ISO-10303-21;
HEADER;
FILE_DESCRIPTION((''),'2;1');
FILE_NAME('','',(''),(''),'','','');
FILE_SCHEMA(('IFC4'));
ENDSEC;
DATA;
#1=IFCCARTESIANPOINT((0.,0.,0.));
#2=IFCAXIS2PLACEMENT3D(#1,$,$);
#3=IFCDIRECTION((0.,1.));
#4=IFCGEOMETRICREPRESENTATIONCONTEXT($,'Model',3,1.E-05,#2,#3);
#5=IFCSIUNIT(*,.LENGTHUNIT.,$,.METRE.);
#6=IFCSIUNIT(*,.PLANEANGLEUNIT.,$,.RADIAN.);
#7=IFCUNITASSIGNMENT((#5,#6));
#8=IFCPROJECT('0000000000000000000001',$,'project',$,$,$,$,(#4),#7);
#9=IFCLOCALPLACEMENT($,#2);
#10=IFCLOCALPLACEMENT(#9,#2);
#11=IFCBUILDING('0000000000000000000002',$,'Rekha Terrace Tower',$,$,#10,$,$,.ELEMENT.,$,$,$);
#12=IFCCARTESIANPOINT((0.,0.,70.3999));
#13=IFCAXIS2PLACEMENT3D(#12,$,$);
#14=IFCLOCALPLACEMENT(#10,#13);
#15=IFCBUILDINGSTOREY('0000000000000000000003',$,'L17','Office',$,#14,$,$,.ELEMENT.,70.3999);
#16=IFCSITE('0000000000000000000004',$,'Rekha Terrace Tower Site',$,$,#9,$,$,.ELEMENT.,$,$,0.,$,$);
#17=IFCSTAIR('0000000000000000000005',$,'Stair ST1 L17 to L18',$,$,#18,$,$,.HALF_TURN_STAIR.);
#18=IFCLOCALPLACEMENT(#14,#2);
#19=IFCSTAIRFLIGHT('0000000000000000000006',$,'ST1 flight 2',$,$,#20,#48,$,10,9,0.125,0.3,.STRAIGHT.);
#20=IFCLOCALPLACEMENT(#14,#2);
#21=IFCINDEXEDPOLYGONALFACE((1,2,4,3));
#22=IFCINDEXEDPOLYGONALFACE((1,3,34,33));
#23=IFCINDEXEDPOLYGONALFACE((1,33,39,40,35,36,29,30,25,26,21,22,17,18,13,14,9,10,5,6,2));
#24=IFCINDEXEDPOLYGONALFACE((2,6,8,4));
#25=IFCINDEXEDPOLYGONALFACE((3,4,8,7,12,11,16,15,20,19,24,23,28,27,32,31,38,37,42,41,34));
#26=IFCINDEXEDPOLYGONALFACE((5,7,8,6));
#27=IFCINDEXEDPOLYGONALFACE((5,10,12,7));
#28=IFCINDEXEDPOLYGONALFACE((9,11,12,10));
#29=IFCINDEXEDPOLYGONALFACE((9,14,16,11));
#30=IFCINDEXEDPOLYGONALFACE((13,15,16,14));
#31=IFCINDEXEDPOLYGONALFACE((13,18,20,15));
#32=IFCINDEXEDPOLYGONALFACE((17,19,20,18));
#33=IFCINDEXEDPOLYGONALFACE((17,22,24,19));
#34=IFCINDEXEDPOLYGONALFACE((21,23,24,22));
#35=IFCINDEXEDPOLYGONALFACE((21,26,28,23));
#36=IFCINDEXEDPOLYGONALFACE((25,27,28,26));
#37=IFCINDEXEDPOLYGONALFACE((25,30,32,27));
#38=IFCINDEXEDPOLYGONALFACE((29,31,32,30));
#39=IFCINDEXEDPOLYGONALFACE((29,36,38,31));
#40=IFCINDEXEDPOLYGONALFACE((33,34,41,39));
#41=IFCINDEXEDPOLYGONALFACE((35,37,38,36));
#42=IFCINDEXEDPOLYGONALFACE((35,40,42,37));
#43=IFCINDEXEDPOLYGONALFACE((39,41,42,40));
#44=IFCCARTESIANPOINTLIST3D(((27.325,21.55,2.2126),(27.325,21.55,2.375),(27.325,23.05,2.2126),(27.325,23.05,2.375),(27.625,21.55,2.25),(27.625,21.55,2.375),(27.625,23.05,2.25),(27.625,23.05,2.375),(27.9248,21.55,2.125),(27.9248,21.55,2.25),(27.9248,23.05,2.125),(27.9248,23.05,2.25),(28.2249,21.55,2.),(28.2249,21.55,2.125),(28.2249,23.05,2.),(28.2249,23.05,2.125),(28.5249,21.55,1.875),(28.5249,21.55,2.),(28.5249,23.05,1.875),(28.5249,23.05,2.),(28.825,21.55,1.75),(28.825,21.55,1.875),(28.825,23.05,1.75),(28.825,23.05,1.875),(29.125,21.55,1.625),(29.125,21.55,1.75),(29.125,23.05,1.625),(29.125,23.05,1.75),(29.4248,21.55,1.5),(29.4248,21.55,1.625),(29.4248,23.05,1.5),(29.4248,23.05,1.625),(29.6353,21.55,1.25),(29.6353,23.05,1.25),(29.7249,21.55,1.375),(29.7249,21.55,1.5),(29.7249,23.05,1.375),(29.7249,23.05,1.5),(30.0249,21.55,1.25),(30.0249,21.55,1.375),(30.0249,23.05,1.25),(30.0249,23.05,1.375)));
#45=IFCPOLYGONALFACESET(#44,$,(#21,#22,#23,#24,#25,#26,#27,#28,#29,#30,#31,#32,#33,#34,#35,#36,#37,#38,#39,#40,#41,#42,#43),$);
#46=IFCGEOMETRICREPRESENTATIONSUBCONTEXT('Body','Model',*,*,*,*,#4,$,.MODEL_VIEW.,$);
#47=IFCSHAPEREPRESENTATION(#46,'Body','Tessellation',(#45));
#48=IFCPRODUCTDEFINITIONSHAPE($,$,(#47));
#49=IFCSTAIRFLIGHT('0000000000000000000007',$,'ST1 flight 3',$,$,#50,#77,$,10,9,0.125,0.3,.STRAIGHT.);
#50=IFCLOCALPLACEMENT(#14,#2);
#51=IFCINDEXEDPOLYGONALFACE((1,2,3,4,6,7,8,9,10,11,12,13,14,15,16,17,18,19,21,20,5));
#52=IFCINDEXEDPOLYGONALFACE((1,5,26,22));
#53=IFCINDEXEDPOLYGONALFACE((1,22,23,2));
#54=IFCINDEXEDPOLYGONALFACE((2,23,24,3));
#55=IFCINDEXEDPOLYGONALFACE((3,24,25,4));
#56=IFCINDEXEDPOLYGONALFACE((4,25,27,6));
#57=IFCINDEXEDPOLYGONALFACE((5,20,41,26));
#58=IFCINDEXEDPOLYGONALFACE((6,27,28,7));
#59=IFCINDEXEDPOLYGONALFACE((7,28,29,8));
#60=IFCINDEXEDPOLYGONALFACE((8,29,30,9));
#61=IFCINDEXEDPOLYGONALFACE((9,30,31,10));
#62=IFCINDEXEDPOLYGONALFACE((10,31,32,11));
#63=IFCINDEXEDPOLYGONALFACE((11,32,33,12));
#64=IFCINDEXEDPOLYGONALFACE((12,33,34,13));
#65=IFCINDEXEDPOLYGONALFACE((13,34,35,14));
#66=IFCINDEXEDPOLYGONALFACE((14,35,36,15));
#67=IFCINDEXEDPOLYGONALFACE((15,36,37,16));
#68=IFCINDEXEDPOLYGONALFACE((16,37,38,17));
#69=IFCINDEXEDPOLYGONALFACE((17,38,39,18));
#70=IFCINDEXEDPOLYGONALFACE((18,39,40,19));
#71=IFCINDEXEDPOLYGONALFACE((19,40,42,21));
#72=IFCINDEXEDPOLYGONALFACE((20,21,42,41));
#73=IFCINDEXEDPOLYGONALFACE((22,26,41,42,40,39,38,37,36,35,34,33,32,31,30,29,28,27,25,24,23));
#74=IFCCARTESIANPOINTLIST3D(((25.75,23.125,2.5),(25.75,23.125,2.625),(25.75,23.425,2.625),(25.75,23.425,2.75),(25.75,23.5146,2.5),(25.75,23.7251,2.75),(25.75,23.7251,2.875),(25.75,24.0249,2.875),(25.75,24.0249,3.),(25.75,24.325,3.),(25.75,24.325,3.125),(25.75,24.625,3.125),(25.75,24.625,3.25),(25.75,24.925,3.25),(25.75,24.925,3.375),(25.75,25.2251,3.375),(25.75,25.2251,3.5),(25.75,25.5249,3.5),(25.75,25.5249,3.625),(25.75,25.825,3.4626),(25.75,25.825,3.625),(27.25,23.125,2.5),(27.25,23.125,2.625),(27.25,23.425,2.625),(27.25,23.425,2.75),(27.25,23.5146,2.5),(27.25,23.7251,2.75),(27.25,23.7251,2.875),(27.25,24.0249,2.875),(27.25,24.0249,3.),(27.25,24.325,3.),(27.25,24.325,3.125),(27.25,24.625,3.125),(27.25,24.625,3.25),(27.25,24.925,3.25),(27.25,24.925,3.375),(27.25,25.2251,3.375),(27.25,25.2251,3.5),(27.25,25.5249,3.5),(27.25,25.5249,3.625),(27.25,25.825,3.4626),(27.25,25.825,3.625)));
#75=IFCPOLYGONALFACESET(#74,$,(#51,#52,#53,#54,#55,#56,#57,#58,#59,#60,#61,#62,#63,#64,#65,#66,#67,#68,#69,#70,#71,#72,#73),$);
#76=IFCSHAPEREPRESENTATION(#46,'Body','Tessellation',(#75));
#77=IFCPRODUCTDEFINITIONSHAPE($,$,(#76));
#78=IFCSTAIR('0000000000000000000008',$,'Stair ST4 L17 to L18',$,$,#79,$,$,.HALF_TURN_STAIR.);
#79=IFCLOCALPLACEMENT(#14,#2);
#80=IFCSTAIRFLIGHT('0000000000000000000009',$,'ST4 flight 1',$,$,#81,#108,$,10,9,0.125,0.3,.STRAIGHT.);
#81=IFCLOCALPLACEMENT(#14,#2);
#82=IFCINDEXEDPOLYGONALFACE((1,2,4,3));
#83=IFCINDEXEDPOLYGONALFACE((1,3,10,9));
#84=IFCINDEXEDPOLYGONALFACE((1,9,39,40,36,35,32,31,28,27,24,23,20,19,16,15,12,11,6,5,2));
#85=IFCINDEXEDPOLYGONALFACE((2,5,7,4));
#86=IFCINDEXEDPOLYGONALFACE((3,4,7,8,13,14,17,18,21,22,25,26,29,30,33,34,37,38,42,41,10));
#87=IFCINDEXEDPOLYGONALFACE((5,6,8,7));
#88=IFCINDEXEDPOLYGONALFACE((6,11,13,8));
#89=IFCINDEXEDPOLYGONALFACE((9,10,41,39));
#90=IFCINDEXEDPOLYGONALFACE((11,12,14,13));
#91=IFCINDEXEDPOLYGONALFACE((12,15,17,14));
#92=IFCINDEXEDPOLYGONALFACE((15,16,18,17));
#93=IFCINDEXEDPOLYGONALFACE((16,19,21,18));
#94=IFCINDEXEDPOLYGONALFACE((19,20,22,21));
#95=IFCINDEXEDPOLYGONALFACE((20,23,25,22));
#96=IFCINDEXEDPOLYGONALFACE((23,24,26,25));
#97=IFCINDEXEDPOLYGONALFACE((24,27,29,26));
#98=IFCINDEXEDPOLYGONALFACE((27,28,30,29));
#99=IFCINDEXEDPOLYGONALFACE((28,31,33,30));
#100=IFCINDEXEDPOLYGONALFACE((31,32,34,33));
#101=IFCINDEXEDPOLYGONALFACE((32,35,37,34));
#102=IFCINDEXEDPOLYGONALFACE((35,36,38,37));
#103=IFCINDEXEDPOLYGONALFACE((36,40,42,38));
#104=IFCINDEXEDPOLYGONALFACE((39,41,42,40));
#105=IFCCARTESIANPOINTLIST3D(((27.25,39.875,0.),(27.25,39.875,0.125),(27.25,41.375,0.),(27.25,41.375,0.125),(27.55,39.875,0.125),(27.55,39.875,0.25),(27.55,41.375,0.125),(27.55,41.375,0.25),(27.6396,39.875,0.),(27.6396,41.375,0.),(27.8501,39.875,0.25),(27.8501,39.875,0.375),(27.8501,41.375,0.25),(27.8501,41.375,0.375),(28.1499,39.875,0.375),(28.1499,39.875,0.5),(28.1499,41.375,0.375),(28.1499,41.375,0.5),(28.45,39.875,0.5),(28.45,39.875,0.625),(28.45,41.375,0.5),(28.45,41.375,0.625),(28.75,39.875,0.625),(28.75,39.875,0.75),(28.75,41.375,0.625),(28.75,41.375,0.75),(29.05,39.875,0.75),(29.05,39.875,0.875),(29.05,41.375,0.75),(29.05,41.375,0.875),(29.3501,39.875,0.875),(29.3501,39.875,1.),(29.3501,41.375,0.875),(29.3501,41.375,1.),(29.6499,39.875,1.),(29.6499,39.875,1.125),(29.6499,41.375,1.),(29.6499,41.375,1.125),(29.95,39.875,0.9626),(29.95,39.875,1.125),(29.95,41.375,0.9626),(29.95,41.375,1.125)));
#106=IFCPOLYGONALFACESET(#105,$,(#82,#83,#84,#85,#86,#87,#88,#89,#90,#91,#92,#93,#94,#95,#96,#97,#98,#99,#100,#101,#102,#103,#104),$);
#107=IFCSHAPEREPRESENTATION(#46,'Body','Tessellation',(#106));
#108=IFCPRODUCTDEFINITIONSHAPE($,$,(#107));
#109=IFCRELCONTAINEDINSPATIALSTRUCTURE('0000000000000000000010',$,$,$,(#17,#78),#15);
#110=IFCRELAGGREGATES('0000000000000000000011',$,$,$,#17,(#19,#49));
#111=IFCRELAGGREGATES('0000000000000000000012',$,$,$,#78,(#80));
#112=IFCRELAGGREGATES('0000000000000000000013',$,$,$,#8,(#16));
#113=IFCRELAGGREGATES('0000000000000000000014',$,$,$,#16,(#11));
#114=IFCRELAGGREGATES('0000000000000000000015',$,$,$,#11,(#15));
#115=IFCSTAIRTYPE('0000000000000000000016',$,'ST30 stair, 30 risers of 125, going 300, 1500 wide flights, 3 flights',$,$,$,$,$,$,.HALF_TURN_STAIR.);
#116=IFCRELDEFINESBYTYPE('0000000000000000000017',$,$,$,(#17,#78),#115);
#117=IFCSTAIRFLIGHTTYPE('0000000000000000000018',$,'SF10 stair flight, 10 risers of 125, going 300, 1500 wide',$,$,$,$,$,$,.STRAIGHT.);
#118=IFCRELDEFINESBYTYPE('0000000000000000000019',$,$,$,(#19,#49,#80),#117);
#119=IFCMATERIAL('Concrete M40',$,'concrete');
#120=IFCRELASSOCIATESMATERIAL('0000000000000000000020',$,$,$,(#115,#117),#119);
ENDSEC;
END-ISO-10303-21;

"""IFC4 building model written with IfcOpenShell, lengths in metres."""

from ifc_helpers import new_model, si_unit, direction, frame, origin, place, context, subcontext, project, spatial, polyline, outline, extrude, material, type_object, element, aggregate, save


model = new_model("IFC4")

# Units and contexts
model_context = context("Model", 3, precision=1e-05, world=origin(), true_north=direction((0.0, 1.0)))
body_context = subcontext(model_context, "Body", "Model", "MODEL_VIEW")
ifc_project = project(units=[si_unit("LENGTHUNIT", "METRE"), si_unit("PLANEANGLEUNIT", "RADIAN")], contexts=[model_context])

# Site, building, storey
site_placement = place(None, origin())
site = spatial("IfcSite", under=ifc_project, at=site_placement, Name="Rekha Terrace Tower Site", CompositionType="ELEMENT", RefElevation=0.0)
building_placement = place(site_placement, origin())
building = spatial("IfcBuilding", under=site, at=building_placement, Name="Rekha Terrace Tower", CompositionType="ELEMENT")
storey_placement = place(building_placement, frame((0.0, 0.0, 70.3999)))
storey = spatial("IfcBuildingStorey", under=building, at=storey_placement, Name="L17", Description="Office", CompositionType="ELEMENT", Elevation=70.3999)

# Stair, stair flights
ifc_material_1 = material(Name="Concrete M40", Category="concrete")
stair_type = type_object("IfcStairType", Name="ST30 stair, 30 risers of 125, going 300, 1500 wide flights, 3 flights", PredefinedType="HALF_TURN_STAIR", material=ifc_material_1)
stair_1_placement = place(storey_placement, origin())
stair_1 = element("IfcStair", 1, at=stair_1_placement, inside=storey, type_object=stair_type, Name="Stair ST1 L17 to L18", PredefinedType="HALF_TURN_STAIR")
stair_flight_type = type_object("IfcStairFlightType", Name="SF10 stair flight, 10 risers of 125, going 300, 1500 wide", PredefinedType="STRAIGHT", material=ifc_material_1)
stair_flight_1_placement = place(storey_placement, frame((30.0249, 22.3, 1.25), z_axis=(0.0, 0.0, 1.0), x_axis=(-1.0, 0.0, 0.0)))
stair_flight_1 = element("IfcStairFlight", 2, at=stair_flight_1_placement, type_object=stair_flight_type, Name="ST1 flight 2", NumberOfRisers=10, NumberOfTreads=9, PredefinedType="STRAIGHT", RiserHeight=0.125, TreadLength=0.3, context=body_context, shape_type="SweptSolid", body=[
    extrude(outline(polyline([(0.0, 0.0), (0.0, 0.125), (0.3, 0.125), (0.3, 0.25), (0.6001, 0.25), (0.6001, 0.375), (0.8999, 0.375), (0.8999, 0.5), (1.2, 0.5), (1.2, 0.625), (1.5, 0.625), (1.5, 0.75), (1.8, 0.75), (1.8, 0.875), (2.1001, 0.875), (2.1001, 1.0), (2.3999, 1.0), (2.3999, 1.125), (2.7, 1.125), (2.7, 1.25), (2.7, 0.9626), (0.3896, 0.0), (0.0, 0.0)])), frame((0.0, 0.75, 0.0), z_axis=(0.0, -1.0, 0.0), x_axis=(1.0, 0.0, 0.0)), (0.0, 0.0, 1.0), 1.5),
])
stair_flight_2_placement = place(storey_placement, frame((26.5, 23.125, 2.5), z_axis=(0.0, 0.0, 1.0), x_axis=(0.0, 1.0, 0.0)))
stair_flight_2 = element("IfcStairFlight", 3, at=stair_flight_2_placement, type_object=stair_flight_type, Name="ST1 flight 3", NumberOfRisers=10, NumberOfTreads=9, PredefinedType="STRAIGHT", RiserHeight=0.125, TreadLength=0.3, context=body_context, shape_type="SweptSolid", body=[
    extrude(outline(polyline([(0.0, 0.0), (0.0, 0.125), (0.3, 0.125), (0.3, 0.25), (0.6001, 0.25), (0.6001, 0.375), (0.8999, 0.375), (0.8999, 0.5), (1.2, 0.5), (1.2, 0.625), (1.5, 0.625), (1.5, 0.75), (1.8, 0.75), (1.8, 0.875), (2.1001, 0.875), (2.1001, 1.0), (2.3999, 1.0), (2.3999, 1.125), (2.7, 1.125), (2.7, 1.25), (2.7, 0.9626), (0.3896, 0.0), (0.0, 0.0)])), frame((0.0, 0.75, 0.0), z_axis=(0.0, -1.0, 0.0), x_axis=(1.0, 0.0, 0.0)), (0.0, 0.0, 1.0), 1.5),
])
aggregate(stair_1, [stair_flight_1, stair_flight_2])

# Stair, stair flight
stair_2_placement = place(storey_placement, origin())
stair_2 = element("IfcStair", 4, at=stair_2_placement, inside=storey, type_object=stair_type, Name="Stair ST4 L17 to L18", PredefinedType="HALF_TURN_STAIR")
stair_flight_3_placement = place(storey_placement, frame((27.25, 40.625, 0.0), z_axis=(0.0, 0.0, 1.0), x_axis=(1.0, 0.0, 0.0)))
stair_flight_3 = element("IfcStairFlight", 5, at=stair_flight_3_placement, type_object=stair_flight_type, Name="ST4 flight 1", NumberOfRisers=10, NumberOfTreads=9, PredefinedType="STRAIGHT", RiserHeight=0.125, TreadLength=0.3, context=body_context, shape_type="SweptSolid", body=[
    extrude(outline(polyline([(0.0, 0.0), (0.0, 0.125), (0.3, 0.125), (0.3, 0.25), (0.6001, 0.25), (0.6001, 0.375), (0.8999, 0.375), (0.8999, 0.5), (1.2, 0.5), (1.2, 0.625), (1.5, 0.625), (1.5, 0.75), (1.8, 0.75), (1.8, 0.875), (2.1001, 0.875), (2.1001, 1.0), (2.3999, 1.0), (2.3999, 1.125), (2.7, 1.125), (2.7, 1.25), (2.7, 0.9626), (0.3896, 0.0), (0.0, 0.0)])), frame((0.0, 0.75, 0.0), z_axis=(0.0, -1.0, 0.0), x_axis=(1.0, 0.0, 0.0)), (0.0, 0.0, 1.0), 1.5),
])
aggregate(stair_2, [stair_flight_3])

save(model, "model.ifc")
